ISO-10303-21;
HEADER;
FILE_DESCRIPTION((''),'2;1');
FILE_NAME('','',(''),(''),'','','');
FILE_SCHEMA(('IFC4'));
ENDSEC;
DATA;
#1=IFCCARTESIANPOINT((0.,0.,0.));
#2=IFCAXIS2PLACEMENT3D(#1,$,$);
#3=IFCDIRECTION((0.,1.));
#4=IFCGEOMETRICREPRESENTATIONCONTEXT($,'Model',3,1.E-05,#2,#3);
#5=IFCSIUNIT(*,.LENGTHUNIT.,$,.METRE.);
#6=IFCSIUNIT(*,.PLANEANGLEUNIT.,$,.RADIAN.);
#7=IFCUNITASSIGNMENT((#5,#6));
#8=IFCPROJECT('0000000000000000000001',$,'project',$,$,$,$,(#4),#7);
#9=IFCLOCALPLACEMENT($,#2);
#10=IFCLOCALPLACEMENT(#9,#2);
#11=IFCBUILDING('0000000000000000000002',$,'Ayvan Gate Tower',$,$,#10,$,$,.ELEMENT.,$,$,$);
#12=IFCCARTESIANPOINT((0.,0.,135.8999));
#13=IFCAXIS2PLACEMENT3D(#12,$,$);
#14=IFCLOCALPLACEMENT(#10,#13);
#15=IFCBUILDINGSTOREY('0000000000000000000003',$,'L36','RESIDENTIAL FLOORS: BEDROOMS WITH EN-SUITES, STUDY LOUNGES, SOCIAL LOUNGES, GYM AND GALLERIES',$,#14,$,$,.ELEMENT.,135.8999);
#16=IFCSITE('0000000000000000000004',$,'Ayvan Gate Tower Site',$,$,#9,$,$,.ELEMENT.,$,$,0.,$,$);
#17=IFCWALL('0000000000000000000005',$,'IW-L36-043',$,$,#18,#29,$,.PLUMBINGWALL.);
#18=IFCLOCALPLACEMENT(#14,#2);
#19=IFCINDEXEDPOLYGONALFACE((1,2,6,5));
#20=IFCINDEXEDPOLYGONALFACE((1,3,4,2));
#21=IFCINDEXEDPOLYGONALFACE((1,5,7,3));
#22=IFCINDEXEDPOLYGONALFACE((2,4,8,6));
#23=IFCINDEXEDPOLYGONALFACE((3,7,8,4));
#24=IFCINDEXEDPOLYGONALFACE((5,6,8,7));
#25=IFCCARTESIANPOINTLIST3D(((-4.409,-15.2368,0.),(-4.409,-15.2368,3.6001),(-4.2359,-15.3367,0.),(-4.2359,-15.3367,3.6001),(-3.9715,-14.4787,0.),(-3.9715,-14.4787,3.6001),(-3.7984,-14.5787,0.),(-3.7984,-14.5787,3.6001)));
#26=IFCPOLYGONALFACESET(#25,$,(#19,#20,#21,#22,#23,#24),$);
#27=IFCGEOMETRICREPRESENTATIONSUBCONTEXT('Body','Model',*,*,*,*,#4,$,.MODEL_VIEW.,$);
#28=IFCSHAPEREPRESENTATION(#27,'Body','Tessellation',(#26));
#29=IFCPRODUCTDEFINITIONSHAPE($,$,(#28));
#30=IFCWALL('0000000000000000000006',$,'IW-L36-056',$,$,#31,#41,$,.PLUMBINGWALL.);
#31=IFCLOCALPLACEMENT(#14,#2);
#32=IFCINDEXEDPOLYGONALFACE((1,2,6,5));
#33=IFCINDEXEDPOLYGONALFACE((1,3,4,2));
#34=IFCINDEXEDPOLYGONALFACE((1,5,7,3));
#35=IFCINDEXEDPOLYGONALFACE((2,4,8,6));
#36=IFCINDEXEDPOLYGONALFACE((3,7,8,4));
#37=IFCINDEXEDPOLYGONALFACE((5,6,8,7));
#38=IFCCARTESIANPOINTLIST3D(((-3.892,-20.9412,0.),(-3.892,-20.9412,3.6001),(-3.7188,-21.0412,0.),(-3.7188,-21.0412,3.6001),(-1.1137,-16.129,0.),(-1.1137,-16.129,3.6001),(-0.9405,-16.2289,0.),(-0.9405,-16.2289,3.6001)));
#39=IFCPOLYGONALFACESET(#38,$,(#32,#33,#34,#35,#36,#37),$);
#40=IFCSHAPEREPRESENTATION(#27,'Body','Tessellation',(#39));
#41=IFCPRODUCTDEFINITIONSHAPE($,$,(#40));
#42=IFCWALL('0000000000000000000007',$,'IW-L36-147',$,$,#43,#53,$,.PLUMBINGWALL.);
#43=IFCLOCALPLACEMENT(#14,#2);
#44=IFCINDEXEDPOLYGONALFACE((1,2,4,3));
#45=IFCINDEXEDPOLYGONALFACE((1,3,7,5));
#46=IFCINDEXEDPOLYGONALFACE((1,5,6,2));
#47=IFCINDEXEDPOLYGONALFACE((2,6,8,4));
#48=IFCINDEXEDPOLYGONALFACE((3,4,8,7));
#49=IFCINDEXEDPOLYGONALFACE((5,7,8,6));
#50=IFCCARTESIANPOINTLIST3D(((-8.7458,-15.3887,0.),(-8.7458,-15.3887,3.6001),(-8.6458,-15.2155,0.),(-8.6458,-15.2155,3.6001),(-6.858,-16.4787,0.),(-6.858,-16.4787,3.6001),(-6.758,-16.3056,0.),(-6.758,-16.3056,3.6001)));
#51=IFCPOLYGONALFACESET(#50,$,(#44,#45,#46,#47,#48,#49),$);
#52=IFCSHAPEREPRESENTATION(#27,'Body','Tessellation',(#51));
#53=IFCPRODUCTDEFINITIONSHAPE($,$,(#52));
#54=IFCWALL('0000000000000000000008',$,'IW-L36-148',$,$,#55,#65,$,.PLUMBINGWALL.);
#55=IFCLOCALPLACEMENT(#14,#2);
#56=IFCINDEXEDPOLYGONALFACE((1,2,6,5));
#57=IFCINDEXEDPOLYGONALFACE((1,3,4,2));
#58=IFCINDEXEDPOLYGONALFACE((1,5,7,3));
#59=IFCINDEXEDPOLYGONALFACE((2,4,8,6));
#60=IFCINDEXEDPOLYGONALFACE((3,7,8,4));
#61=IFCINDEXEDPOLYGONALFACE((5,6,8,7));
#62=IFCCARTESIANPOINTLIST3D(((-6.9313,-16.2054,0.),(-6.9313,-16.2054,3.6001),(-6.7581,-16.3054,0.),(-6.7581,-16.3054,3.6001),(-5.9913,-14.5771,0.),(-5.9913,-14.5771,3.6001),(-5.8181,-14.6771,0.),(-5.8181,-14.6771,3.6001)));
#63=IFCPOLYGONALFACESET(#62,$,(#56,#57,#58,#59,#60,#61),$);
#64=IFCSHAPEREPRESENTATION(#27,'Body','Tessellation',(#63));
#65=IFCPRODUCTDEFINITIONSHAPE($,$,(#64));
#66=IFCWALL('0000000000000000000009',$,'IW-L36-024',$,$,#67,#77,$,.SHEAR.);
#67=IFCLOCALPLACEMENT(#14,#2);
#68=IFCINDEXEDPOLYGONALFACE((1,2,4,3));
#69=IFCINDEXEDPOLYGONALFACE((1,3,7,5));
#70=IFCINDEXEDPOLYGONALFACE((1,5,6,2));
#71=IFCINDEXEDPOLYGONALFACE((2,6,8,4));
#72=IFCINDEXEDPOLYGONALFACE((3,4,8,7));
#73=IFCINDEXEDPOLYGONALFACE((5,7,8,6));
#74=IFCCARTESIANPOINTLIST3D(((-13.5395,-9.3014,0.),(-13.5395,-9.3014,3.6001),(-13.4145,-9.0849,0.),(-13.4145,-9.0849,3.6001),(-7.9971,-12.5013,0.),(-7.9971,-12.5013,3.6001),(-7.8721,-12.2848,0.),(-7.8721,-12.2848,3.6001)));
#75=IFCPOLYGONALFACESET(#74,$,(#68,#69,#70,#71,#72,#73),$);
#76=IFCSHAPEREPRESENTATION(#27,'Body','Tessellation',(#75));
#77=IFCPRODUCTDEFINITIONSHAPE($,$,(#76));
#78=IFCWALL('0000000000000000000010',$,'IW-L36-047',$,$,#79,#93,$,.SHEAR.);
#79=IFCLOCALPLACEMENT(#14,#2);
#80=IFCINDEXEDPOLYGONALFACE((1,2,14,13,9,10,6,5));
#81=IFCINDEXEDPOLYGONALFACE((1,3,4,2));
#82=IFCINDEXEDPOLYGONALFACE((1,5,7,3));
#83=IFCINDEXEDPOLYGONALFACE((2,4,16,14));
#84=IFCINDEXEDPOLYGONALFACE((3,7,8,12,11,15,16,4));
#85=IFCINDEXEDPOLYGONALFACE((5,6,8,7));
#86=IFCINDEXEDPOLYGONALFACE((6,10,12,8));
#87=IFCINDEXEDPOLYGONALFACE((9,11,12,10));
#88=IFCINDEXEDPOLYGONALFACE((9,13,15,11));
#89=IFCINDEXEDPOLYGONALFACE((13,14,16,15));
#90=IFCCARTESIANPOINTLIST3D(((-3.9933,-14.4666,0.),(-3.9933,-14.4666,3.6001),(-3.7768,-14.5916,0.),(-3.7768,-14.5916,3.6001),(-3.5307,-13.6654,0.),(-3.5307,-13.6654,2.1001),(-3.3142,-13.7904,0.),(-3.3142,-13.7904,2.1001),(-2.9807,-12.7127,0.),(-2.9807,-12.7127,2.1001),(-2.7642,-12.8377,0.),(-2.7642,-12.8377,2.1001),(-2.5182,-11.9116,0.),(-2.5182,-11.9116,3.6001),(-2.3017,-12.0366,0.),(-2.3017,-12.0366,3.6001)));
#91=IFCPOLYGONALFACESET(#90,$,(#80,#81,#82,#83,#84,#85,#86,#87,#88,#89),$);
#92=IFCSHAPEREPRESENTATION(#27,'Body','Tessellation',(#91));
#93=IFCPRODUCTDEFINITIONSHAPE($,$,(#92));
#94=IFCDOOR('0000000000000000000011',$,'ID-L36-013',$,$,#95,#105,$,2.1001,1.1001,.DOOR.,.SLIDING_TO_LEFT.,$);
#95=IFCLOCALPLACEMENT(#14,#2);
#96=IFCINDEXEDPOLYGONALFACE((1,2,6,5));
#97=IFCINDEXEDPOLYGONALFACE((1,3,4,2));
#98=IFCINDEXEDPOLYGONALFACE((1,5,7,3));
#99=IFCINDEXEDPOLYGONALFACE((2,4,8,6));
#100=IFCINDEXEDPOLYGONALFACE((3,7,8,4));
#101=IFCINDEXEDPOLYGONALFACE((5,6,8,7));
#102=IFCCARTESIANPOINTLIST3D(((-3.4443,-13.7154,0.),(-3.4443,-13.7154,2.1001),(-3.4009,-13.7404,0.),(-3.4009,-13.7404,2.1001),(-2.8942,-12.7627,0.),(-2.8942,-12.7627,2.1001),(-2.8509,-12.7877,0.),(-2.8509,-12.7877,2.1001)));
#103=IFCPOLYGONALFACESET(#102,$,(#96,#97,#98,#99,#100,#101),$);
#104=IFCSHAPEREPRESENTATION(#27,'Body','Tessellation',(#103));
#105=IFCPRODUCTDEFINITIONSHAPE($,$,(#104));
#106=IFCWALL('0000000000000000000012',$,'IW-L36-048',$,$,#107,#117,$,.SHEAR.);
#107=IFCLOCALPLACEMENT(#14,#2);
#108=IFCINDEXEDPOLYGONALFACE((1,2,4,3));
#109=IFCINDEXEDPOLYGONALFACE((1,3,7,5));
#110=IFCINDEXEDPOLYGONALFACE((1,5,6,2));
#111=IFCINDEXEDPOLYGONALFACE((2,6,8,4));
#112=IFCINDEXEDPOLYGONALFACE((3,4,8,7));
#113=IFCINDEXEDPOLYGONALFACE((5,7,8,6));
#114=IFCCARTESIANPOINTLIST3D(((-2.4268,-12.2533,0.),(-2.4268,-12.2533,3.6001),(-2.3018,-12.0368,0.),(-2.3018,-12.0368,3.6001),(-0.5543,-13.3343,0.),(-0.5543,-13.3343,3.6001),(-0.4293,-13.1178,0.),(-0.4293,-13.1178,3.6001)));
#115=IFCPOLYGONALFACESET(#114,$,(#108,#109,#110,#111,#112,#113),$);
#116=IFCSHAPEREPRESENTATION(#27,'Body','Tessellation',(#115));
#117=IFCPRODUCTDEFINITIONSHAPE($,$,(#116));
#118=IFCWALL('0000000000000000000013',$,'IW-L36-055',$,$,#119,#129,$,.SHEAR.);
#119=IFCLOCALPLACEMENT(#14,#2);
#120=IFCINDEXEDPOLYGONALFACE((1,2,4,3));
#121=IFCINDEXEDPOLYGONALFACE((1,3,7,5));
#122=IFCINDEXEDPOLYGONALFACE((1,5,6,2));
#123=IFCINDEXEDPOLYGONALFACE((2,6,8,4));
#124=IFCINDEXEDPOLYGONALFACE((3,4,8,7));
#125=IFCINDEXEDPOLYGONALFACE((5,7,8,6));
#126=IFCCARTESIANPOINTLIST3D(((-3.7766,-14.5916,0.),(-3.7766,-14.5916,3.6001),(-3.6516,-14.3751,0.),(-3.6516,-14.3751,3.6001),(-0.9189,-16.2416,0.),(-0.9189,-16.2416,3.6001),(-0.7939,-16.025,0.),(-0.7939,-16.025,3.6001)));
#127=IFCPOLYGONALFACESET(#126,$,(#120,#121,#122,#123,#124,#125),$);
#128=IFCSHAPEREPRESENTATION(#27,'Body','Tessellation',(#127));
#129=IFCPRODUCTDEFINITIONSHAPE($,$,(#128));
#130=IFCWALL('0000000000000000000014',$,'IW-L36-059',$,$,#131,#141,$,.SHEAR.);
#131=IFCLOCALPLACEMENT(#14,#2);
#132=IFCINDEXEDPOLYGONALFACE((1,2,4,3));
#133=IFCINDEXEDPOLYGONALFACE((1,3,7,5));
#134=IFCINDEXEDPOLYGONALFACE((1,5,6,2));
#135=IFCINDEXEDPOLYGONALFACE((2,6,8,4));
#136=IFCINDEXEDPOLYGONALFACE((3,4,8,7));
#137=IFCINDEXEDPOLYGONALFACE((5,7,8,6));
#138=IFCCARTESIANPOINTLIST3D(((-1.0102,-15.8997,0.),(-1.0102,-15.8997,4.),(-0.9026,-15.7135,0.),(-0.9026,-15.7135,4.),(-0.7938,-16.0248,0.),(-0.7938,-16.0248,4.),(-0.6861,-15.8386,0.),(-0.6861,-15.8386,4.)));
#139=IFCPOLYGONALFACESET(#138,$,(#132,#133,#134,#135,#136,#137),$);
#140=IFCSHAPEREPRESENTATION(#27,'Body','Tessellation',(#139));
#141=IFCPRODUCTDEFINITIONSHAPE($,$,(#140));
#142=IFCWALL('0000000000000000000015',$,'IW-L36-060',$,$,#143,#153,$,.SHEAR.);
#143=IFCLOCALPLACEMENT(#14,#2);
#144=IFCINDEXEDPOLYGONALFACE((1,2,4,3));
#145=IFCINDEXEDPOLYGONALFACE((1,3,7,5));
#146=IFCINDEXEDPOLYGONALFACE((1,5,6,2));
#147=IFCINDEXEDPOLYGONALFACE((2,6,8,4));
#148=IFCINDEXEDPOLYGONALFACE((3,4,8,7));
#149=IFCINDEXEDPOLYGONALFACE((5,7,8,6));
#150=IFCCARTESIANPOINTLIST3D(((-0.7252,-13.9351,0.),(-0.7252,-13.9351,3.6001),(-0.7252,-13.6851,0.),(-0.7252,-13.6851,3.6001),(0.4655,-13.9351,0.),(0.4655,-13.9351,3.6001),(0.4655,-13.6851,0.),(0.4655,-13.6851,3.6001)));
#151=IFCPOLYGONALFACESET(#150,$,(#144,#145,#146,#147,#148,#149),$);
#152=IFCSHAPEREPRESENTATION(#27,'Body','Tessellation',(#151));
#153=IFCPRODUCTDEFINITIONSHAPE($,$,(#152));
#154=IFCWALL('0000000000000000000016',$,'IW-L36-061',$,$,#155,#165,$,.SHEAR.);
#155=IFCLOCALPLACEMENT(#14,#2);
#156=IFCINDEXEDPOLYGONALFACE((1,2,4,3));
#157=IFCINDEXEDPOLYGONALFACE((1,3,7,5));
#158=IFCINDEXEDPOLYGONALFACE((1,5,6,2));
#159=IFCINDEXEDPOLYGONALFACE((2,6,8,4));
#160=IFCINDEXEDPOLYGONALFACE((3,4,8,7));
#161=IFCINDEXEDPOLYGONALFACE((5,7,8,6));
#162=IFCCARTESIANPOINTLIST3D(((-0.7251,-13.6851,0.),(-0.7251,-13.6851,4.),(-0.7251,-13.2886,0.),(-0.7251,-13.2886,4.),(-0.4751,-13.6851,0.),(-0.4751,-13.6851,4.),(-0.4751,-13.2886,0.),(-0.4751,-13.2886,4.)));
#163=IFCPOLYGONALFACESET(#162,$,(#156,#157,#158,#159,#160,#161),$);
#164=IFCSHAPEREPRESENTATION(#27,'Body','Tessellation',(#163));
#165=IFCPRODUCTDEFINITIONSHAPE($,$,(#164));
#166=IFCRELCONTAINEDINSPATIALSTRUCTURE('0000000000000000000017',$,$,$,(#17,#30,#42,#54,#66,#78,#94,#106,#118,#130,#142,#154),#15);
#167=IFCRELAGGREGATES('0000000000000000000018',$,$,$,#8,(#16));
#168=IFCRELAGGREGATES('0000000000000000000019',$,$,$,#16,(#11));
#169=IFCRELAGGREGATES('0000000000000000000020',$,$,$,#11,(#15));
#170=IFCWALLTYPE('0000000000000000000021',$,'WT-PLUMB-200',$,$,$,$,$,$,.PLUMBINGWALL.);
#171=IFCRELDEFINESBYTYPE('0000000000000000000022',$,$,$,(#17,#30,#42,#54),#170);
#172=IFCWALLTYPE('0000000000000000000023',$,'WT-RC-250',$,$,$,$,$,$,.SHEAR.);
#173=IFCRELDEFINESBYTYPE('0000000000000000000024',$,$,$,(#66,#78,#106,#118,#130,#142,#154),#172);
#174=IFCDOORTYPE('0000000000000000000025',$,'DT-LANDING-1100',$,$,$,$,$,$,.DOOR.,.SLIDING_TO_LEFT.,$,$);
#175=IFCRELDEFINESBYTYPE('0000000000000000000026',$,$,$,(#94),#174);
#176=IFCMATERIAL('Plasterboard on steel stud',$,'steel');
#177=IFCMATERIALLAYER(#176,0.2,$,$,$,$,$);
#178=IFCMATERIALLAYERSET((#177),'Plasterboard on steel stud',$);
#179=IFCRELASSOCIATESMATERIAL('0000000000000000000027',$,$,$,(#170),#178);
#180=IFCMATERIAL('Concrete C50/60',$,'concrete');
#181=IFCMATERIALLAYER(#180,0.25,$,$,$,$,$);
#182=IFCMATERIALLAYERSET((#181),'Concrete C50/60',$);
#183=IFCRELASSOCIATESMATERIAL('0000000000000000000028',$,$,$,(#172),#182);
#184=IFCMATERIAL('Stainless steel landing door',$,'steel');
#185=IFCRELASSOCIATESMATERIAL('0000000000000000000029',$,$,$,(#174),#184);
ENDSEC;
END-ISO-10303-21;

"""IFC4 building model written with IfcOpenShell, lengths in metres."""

from ifc_helpers import new_model, si_unit, direction, frame, frame_2d, origin, place, context, subcontext, project, spatial, rectangle, extrude, material, layer, layer_set, type_object, element, fill, save


model = new_model("IFC4")

# Units and contexts
model_context = context("Model", 3, precision=1e-05, world=origin(), true_north=direction((0.0, 1.0)))
body_context = subcontext(model_context, "Body", "Model", "MODEL_VIEW")
ifc_project = project(units=[si_unit("LENGTHUNIT", "METRE"), si_unit("PLANEANGLEUNIT", "RADIAN")], contexts=[model_context])

# Site, building, storey
site_placement = place(None, origin())
site = spatial("IfcSite", under=ifc_project, at=site_placement, Name="Ayvan Gate Tower Site", CompositionType="ELEMENT", RefElevation=0.0)
building_placement = place(site_placement, origin())
building = spatial("IfcBuilding", under=site, at=building_placement, Name="Ayvan Gate Tower", CompositionType="ELEMENT")
storey_placement = place(building_placement, frame((0.0, 0.0, 135.8999)))
storey = spatial("IfcBuildingStorey", under=building, at=storey_placement, Name="L36", Description="RESIDENTIAL FLOORS: BEDROOMS WITH EN-SUITES, STUDY LOUNGES, SOCIAL LOUNGES, GYM AND GALLERIES", CompositionType="ELEMENT", Elevation=135.8999)

# Shared definitions
ifc_material_1 = material(Name="Plasterboard on steel stud", Category="steel")

# Walls
ifc_layer_1 = layer(ifc_material_1, 0.2)
ifc_layer_set_1 = layer_set([ifc_layer_1], Name="Plasterboard on steel stud")
wall_type_1 = type_object("IfcWallType", Name="WT-PLUMB-200", PredefinedType="PLUMBINGWALL", material=ifc_layer_set_1)
wall_1_placement = place(storey_placement, frame((-3.885, -14.5288, 0.0), z_axis=(0.0, 0.0, 1.0), x_axis=(-0.499859, -0.866107, 0.0)))
element("IfcWall", 1, at=wall_1_placement, inside=storey, type_object=wall_type_1, Name="IW-L36-043", PredefinedType="PLUMBINGWALL", context=body_context, shape_type="SweptSolid", body=[
    extrude(rectangle(XDim=0.8752, YDim=0.2, at=frame_2d((0.4375, 0.0))), origin(), (0.0, 0.0, 1.0), 3.6001),
])
wall_2_placement = place(storey_placement, frame((-1.0271, -16.179, 0.0), z_axis=(0.0, 0.0, 1.0), x_axis=(-0.499995, -0.866028, 0.0)))
element("IfcWall", 2, at=wall_2_placement, inside=storey, type_object=wall_type_1, Name="IW-L36-056", PredefinedType="PLUMBINGWALL", context=body_context, shape_type="SweptSolid", body=[
    extrude(rectangle(XDim=5.5566, YDim=0.2, at=frame_2d((2.7783, 0.0))), origin(), (0.0, 0.0, 1.0), 3.6001),
])
wall_3_placement = place(storey_placement, frame((-6.8081, -16.3921, 0.0), z_axis=(0.0, 0.0, 1.0), x_axis=(-0.866008, 0.500029, 0.0)))
element("IfcWall", 3, at=wall_3_placement, inside=storey, type_object=wall_type_1, Name="IW-L36-147", PredefinedType="PLUMBINGWALL", context=body_context, shape_type="SweptSolid", body=[
    extrude(rectangle(XDim=2.1799, YDim=0.2, at=frame_2d((1.0898, 0.0))), origin(), (0.0, 0.0, 1.0), 3.6001),
])
wall_4_placement = place(storey_placement, frame((-5.9048, -14.6272, 0.0), z_axis=(0.0, 0.0, 1.0), x_axis=(-0.499966, -0.866045, 0.0)))
element("IfcWall", 4, at=wall_4_placement, inside=storey, type_object=wall_type_1, Name="IW-L36-148", PredefinedType="PLUMBINGWALL", context=body_context, shape_type="SweptSolid", body=[
    extrude(rectangle(XDim=1.8801, YDim=0.2, at=frame_2d((0.9399, 0.0))), origin(), (0.0, 0.0, 1.0), 3.6001),
])
ifc_material_2 = material(Name="Concrete C50/60", Category="concrete")
ifc_layer_2 = layer(ifc_material_2, 0.25)
ifc_layer_set_2 = layer_set([ifc_layer_2], Name="Concrete C50/60")
wall_type_2 = type_object("IfcWallType", Name="WT-RC-250", PredefinedType="SHEAR", material=ifc_layer_set_2)
wall_5_placement = place(storey_placement, frame((-7.9346, -12.3931, 0.0), z_axis=(0.0, 0.0, 1.0), x_axis=(-0.866025, 0.5, 0.0)))
element("IfcWall", 5, at=wall_5_placement, inside=storey, type_object=wall_type_2, Name="IW-L36-024", PredefinedType="SHEAR", context=body_context, shape_type="SweptSolid", body=[
    extrude(rectangle(XDim=6.3999, YDim=0.25, at=frame_2d((3.2, 0.0))), origin(), (0.0, 0.0, 1.0), 3.6001),
])

# Wall, opening, door
wall_6_placement = place(storey_placement, frame((-2.4099, -11.9741, 0.0), z_axis=(0.0, 0.0, 1.0), x_axis=(-0.500002, -0.866024, 0.0)))
wall_6 = element("IfcWall", 6, at=wall_6_placement, inside=storey, type_object=wall_type_2, Name="IW-L36-047", PredefinedType="SHEAR", context=body_context, shape_type="SweptSolid", body=[
    extrude(rectangle(XDim=2.9502, YDim=0.25, at=frame_2d((1.4751, 0.0))), origin(), (0.0, 0.0, 1.0), 3.6001),
])
opening_1_placement = place(wall_6_placement, frame((0.925, 0.0, 0.0)))
opening_1 = element("IfcOpeningElement", 7, at=opening_1_placement, cuts=wall_6, PredefinedType="OPENING", context=body_context, shape_type="SweptSolid", body=[
    extrude(rectangle(XDim=1.1001, YDim=2.1001, at=frame_2d((0.55, 1.05))), frame((0.0, 0.135, 0.0), z_axis=(0.0, -1.0, 0.0), x_axis=(1.0, 0.0, 0.0)), (0.0, 0.0, 1.0), 0.27),
])
ifc_material_3 = material(Name="Stainless steel landing door", Category="steel")
door_type_1 = type_object("IfcDoorType", Name="DT-LANDING-1100", OperationType="SLIDING_TO_LEFT", PredefinedType="DOOR", material=ifc_material_3)
door_1_placement = place(opening_1_placement, origin())
door_1 = element("IfcDoor", 8, at=door_1_placement, inside=storey, type_object=door_type_1, Name="ID-L36-013", OperationType="SLIDING_TO_LEFT", OverallHeight=2.1001, OverallWidth=1.1001, PredefinedType="DOOR", context=body_context, shape_type="SweptSolid", body=[
    extrude(rectangle(XDim=1.1001, YDim=2.1001, at=frame_2d((0.55, 1.05))), frame((0.0, 0.0249, 0.0), z_axis=(0.0, -1.0, 0.0), x_axis=(1.0, 0.0, 0.0)), (0.0, 0.0, 1.0), 0.05),
])
fill(opening_1, door_1)

# Walls
wall_7_placement = place(storey_placement, frame((-2.3643, -12.145, 0.0), z_axis=(0.0, 0.0, 1.0), x_axis=(0.866039, -0.499977, 0.0)))
element("IfcWall", 9, at=wall_7_placement, inside=storey, type_object=wall_type_2, Name="IW-L36-048", PredefinedType="SHEAR", context=body_context, shape_type="SweptSolid", body=[
    extrude(rectangle(XDim=2.1621, YDim=0.25, at=frame_2d((1.0811, 0.0))), origin(), (0.0, 0.0, 1.0), 3.6001),
])
wall_8_placement = place(storey_placement, frame((-0.8564, -16.1333, 0.0), z_axis=(0.0, 0.0, 1.0), x_axis=(-0.866022, 0.500006, 0.0)))
element("IfcWall", 10, at=wall_8_placement, inside=storey, type_object=wall_type_2, Name="IW-L36-055", PredefinedType="SHEAR", context=body_context, shape_type="SweptSolid", body=[
    extrude(rectangle(XDim=3.2998, YDim=0.25, at=frame_2d((1.6499, 0.0))), origin(), (0.0, 0.0, 1.0), 3.6001),
])
wall_9_placement = place(storey_placement, frame((-0.7944, -15.7761, 0.0), z_axis=(0.0, 0.0, 1.0), x_axis=(-0.50041, -0.865789, 0.0)))
element("IfcWall", 11, at=wall_9_placement, inside=storey, type_object=wall_type_2, Name="IW-L36-059", PredefinedType="SHEAR", context=body_context, shape_type="SweptSolid", body=[
    extrude(rectangle(XDim=0.2151, YDim=0.25, at=frame_2d((0.1074, 0.0))), origin(), (0.0, 0.0, 1.0), 4.0),
])
wall_10_placement = place(storey_placement, frame((-0.7251, -13.8101, 0.0), z_axis=(0.0, 0.0, 1.0), x_axis=(1.0, 0.0, 0.0)))
element("IfcWall", 12, at=wall_10_placement, inside=storey, type_object=wall_type_2, Name="IW-L36-060", PredefinedType="SHEAR", context=body_context, shape_type="SweptSolid", body=[
    extrude(rectangle(XDim=1.1907, YDim=0.25, at=frame_2d((0.5952, 0.0))), origin(), (0.0, 0.0, 1.0), 3.6001),
])
wall_11_placement = place(storey_placement, frame((-0.6001, -13.2886, 0.0), z_axis=(0.0, 0.0, 1.0), x_axis=(0.0, -1.0, 0.0)))
element("IfcWall", 13, at=wall_11_placement, inside=storey, type_object=wall_type_2, Name="IW-L36-061", PredefinedType="SHEAR", context=body_context, shape_type="SweptSolid", body=[
    extrude(rectangle(XDim=0.3965, YDim=0.25, at=frame_2d((0.1982, 0.0))), origin(), (0.0, 0.0, 1.0), 4.0),
])

save(model, "model.ifc")
